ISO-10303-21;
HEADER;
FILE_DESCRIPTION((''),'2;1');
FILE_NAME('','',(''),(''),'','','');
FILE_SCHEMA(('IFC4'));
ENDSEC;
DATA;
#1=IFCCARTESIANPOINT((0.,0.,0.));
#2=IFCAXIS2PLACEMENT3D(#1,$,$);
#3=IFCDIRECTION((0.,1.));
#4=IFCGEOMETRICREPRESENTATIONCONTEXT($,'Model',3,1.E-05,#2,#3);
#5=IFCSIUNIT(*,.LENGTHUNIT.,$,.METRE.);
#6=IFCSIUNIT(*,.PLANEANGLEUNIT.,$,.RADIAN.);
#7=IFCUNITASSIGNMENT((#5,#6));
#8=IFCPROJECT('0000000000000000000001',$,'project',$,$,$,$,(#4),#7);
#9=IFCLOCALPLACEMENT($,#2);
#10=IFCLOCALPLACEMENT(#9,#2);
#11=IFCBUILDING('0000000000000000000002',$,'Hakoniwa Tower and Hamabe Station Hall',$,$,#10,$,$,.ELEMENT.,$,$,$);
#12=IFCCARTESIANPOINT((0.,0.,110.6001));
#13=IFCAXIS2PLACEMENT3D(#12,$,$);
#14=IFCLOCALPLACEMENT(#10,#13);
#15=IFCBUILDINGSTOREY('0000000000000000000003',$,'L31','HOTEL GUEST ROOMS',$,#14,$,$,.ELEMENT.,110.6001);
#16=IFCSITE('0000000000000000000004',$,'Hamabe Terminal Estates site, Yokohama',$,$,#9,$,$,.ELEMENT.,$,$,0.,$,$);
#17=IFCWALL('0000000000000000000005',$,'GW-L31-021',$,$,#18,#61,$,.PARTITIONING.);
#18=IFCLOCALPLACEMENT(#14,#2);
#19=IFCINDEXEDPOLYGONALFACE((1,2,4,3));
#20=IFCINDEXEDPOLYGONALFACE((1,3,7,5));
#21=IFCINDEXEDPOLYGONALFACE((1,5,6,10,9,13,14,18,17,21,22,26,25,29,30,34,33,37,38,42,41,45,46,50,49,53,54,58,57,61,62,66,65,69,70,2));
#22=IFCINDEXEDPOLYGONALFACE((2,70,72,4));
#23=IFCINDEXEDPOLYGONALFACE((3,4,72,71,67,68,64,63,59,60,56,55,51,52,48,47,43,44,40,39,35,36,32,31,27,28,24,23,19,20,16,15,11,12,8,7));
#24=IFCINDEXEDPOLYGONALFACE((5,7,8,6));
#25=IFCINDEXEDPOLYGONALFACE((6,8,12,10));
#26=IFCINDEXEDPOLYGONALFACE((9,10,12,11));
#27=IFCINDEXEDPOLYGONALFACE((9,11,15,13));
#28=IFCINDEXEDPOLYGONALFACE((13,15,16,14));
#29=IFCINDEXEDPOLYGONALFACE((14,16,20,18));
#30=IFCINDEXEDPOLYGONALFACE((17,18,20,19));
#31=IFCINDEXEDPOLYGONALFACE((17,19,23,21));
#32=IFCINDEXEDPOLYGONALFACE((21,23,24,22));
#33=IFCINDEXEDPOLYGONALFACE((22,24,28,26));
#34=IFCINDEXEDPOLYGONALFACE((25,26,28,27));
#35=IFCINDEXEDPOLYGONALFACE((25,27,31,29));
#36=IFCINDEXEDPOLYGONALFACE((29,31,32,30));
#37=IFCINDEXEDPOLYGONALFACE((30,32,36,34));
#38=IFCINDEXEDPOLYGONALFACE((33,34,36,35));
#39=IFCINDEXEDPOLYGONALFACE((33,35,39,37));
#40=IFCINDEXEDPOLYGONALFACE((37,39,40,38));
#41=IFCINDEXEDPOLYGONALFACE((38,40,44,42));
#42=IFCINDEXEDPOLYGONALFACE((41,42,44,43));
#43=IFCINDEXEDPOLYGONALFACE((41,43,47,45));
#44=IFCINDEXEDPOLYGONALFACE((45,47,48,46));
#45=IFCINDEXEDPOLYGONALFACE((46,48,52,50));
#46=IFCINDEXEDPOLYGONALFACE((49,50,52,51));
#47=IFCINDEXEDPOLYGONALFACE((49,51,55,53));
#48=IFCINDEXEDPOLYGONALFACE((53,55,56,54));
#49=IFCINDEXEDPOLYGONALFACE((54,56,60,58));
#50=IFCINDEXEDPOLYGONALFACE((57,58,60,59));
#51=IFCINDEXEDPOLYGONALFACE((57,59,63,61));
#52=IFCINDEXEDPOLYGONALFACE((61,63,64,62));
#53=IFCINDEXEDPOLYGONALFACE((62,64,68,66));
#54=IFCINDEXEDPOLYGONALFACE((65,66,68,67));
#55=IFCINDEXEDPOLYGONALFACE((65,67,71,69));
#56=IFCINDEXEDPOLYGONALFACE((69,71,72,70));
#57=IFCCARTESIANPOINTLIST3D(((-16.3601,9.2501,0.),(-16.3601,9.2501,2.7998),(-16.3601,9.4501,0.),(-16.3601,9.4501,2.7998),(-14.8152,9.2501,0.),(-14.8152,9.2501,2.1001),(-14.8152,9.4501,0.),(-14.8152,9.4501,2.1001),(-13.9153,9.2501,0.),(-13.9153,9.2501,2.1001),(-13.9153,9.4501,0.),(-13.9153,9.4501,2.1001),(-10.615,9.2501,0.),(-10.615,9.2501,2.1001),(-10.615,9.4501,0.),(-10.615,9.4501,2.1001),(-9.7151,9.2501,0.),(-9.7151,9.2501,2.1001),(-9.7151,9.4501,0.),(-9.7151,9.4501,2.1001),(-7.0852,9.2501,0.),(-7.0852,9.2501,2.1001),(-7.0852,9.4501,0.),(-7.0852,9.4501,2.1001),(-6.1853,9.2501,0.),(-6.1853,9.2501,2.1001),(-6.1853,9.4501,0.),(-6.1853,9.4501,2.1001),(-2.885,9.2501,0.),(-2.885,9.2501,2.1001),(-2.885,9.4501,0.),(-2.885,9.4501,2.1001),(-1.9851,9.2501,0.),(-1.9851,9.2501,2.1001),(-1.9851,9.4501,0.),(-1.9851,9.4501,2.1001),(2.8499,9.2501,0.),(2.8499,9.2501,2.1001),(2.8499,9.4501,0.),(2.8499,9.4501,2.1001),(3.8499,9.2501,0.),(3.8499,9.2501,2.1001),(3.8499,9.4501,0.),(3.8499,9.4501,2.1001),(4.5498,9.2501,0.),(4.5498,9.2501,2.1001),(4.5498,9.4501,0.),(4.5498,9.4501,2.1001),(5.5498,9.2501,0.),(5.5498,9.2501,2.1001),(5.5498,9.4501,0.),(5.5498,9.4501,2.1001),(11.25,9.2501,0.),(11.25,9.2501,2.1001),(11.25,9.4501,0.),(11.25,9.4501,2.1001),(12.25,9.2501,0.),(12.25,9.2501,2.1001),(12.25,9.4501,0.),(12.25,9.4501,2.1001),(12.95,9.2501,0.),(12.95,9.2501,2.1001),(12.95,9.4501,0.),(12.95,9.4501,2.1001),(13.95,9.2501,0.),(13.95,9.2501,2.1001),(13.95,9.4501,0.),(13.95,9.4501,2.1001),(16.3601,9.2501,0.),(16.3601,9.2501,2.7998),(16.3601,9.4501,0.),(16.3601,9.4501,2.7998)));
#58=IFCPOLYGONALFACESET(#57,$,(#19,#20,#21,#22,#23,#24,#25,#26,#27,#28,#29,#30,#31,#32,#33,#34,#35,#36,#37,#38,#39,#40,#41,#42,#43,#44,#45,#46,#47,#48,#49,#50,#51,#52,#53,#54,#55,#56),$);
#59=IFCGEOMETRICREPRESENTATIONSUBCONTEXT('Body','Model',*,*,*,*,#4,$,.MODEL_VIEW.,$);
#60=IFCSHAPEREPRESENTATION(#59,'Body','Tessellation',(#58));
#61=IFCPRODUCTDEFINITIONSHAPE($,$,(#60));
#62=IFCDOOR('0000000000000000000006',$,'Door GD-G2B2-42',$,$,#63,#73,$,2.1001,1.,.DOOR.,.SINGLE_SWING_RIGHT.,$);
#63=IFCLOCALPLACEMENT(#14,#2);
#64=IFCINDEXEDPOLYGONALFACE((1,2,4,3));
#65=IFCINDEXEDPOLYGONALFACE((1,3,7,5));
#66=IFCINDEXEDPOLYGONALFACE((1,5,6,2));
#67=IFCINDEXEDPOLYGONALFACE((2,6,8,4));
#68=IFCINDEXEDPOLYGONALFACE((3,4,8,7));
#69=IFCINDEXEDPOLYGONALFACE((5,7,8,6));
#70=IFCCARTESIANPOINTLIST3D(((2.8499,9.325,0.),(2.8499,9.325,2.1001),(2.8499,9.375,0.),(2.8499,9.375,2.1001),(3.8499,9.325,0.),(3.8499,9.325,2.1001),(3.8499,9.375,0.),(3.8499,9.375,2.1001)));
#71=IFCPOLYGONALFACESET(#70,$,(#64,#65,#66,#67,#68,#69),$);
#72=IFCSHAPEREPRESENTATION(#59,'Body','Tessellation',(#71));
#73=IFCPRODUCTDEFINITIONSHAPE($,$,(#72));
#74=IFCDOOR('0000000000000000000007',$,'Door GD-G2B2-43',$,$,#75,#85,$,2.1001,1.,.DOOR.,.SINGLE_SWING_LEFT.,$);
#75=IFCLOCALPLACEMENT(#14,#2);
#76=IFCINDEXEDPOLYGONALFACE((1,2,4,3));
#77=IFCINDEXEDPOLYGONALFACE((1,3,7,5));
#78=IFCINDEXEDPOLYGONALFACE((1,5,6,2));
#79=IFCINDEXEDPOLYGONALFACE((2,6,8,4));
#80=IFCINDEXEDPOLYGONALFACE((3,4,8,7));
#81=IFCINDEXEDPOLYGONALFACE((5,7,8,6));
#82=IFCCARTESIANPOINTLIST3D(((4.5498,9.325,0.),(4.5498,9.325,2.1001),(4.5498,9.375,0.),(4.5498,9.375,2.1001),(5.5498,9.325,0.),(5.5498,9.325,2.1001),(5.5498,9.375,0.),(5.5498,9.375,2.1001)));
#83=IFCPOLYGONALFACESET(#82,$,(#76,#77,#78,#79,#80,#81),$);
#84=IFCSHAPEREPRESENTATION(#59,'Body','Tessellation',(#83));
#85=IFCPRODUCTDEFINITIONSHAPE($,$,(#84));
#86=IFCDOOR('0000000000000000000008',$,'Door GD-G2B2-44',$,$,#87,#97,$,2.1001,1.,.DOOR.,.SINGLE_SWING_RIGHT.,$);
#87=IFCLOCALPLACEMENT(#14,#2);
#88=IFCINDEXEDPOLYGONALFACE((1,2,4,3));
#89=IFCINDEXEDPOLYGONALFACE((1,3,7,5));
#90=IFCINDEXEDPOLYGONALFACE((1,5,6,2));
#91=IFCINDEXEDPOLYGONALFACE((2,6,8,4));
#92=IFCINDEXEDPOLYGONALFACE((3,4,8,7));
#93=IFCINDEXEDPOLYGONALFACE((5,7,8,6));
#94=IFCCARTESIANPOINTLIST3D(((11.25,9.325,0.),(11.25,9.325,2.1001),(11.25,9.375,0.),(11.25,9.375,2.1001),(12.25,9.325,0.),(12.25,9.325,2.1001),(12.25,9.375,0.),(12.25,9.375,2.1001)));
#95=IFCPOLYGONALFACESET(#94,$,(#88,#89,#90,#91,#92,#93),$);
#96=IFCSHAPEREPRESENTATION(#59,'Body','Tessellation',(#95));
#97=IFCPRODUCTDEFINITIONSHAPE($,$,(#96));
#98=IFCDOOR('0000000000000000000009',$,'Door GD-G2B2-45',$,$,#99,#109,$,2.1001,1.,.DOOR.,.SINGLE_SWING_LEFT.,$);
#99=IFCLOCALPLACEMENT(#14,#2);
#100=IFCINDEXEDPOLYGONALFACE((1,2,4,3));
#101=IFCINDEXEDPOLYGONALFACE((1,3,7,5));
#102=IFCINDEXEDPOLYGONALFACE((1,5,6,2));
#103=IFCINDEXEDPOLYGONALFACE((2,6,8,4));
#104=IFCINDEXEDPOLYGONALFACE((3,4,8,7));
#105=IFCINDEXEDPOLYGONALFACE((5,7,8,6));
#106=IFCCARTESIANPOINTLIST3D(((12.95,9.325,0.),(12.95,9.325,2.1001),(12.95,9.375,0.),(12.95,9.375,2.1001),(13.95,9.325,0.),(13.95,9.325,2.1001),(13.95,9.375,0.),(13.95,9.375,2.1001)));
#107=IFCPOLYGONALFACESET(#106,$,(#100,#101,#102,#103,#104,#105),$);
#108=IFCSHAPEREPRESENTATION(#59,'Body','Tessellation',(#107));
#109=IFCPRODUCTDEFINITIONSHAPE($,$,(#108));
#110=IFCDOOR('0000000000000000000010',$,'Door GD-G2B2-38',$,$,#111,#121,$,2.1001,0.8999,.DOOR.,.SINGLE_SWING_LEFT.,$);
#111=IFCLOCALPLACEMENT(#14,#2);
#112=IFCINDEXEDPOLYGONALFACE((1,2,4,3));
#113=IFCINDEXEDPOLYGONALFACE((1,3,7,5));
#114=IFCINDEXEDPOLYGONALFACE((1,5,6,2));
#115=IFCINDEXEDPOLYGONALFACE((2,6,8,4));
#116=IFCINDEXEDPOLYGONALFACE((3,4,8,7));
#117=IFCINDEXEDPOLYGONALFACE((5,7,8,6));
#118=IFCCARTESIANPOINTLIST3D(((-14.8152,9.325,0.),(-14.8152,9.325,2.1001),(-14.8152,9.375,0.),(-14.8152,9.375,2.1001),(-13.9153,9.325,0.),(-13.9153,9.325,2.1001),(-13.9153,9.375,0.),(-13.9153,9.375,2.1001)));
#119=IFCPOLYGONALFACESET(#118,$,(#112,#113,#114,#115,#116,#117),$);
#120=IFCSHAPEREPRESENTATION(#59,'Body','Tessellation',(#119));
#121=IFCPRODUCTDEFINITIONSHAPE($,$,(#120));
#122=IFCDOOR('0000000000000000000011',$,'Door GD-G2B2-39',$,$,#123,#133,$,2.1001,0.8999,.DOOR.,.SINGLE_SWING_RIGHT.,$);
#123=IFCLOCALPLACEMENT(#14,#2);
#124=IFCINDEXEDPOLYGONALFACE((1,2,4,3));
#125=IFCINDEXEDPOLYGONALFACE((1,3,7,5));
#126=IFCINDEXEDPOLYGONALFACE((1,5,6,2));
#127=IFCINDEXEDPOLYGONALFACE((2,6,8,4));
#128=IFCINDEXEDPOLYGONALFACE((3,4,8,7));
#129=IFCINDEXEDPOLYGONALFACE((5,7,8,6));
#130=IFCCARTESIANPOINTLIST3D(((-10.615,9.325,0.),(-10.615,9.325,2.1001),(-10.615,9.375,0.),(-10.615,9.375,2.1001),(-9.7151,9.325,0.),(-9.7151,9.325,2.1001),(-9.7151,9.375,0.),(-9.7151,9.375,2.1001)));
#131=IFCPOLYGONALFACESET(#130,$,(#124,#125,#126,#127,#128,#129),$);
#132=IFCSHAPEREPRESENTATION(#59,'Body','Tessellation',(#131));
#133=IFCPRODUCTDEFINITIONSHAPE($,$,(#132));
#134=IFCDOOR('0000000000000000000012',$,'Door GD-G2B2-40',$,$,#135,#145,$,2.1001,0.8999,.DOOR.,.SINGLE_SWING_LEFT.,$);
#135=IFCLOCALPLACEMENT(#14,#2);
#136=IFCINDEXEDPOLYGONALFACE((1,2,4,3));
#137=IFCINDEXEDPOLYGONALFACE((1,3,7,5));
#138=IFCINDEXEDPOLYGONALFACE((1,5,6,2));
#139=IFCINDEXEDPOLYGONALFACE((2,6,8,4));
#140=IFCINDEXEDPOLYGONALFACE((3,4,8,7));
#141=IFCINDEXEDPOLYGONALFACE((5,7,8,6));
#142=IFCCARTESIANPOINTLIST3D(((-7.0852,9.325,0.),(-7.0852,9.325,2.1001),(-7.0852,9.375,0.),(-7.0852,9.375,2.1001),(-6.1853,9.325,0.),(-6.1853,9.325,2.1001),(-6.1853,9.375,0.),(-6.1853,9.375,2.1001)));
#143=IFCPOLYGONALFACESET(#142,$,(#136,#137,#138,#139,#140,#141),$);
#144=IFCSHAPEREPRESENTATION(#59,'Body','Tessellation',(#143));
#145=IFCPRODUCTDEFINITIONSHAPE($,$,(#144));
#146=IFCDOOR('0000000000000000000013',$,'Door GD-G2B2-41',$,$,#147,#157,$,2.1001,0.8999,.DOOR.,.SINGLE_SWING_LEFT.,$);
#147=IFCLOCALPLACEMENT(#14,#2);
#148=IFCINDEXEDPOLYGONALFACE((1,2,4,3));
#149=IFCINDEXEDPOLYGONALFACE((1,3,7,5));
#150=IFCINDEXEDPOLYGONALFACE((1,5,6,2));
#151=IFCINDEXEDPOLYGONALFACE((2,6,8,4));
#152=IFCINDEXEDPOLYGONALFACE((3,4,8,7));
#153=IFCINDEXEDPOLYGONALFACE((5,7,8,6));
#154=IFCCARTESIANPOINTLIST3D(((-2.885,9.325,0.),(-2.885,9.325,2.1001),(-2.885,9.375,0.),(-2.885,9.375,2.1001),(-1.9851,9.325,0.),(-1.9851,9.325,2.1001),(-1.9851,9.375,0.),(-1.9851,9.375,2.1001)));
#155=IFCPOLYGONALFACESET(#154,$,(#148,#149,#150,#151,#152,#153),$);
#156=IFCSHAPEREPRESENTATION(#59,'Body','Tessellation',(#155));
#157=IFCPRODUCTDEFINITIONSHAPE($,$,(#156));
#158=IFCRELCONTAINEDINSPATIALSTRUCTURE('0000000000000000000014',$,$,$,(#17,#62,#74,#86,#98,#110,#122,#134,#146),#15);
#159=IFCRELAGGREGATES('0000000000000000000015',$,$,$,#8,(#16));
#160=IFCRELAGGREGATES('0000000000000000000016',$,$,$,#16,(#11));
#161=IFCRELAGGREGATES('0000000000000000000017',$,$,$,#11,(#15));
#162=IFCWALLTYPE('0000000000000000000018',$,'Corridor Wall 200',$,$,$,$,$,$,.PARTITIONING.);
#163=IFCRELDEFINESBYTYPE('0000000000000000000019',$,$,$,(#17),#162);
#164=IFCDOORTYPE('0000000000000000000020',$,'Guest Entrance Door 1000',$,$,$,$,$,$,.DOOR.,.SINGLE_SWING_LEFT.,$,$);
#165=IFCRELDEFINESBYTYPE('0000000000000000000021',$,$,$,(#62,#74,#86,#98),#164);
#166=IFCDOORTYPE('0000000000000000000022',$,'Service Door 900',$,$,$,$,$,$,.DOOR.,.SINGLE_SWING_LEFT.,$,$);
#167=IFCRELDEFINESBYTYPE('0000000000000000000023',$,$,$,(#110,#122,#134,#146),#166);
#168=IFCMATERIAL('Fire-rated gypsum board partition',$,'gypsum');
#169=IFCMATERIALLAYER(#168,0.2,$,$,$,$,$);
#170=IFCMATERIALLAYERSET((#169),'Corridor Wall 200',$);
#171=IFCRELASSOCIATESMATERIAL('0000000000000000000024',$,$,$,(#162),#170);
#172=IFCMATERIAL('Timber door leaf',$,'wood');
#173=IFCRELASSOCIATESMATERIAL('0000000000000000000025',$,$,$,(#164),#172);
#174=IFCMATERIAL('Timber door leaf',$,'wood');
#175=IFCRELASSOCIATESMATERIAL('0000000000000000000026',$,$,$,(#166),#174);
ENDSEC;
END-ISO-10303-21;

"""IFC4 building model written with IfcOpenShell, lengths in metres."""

from ifc_helpers import new_model, si_unit, direction, frame, frame_2d, origin, place, context, subcontext, project, spatial, rectangle, extrude, material, layer, layer_set, type_object, element, fill, save


model = new_model("IFC4")

# Units and contexts
model_context = context("Model", 3, precision=1e-05, world=origin(), true_north=direction((0.0, 1.0)))
body_context = subcontext(model_context, "Body", "Model", "MODEL_VIEW")
ifc_project = project(units=[si_unit("LENGTHUNIT", "METRE"), si_unit("PLANEANGLEUNIT", "RADIAN")], contexts=[model_context])

# Site, building, storey
site_placement = place(None, origin())
site = spatial("IfcSite", under=ifc_project, at=site_placement, Name="Hamabe Terminal Estates site, Yokohama", CompositionType="ELEMENT", RefElevation=0.0)
building_placement = place(site_placement, origin())
building = spatial("IfcBuilding", under=site, at=building_placement, Name="Hakoniwa Tower and Hamabe Station Hall", CompositionType="ELEMENT")
storey_placement = place(building_placement, frame((0.0, 0.0, 110.6001)))
storey = spatial("IfcBuildingStorey", under=building, at=storey_placement, Name="L31", Description="HOTEL GUEST ROOMS", CompositionType="ELEMENT", Elevation=110.6001)

# Wall, openings, doors
ifc_material_1 = material(Name="Fire-rated gypsum board partition", Category="gypsum")
ifc_layer_1 = layer(ifc_material_1, 0.2)
ifc_layer_set_1 = layer_set([ifc_layer_1], Name="Corridor Wall 200")
wall_type_1 = type_object("IfcWallType", Name="Corridor Wall 200", PredefinedType="PARTITIONING", material=ifc_layer_set_1)
wall_1_placement = place(storey_placement, frame((-16.3601, 9.3501, 0.0), z_axis=(0.0, 0.0, 1.0), x_axis=(1.0, 0.0, 0.0)))
wall_1 = element("IfcWall", 1, at=wall_1_placement, inside=storey, type_object=wall_type_1, Name="GW-L31-021", PredefinedType="PARTITIONING", context=body_context, shape_type="SweptSolid", body=[
    extrude(rectangle(XDim=32.7202, YDim=0.2, at=frame_2d((16.3601, 0.0))), origin(), (0.0, 0.0, 1.0), 2.7998),
])
opening_1_placement = place(wall_1_placement, frame((1.5449, 0.0, 0.0)))
opening_1 = element("IfcOpeningElement", 2, at=opening_1_placement, cuts=wall_1, PredefinedType="OPENING", context=body_context, shape_type="SweptSolid", body=[
    extrude(rectangle(XDim=0.8999, YDim=2.1001, at=frame_2d((0.45, 1.05))), frame((0.0, 0.1099, 0.0), z_axis=(0.0, -1.0, 0.0), x_axis=(1.0, 0.0, 0.0)), (0.0, 0.0, 1.0), 0.22),
])
opening_2_placement = place(wall_1_placement, frame((5.7451, 0.0, 0.0)))
opening_2 = element("IfcOpeningElement", 3, at=opening_2_placement, cuts=wall_1, PredefinedType="OPENING", context=body_context, shape_type="SweptSolid", body=[
    extrude(rectangle(XDim=0.8999, YDim=2.1001, at=frame_2d((0.45, 1.05))), frame((0.0, 0.1099, 0.0), z_axis=(0.0, -1.0, 0.0), x_axis=(1.0, 0.0, 0.0)), (0.0, 0.0, 1.0), 0.22),
])
opening_3_placement = place(wall_1_placement, frame((9.2749, 0.0, 0.0)))
opening_3 = element("IfcOpeningElement", 4, at=opening_3_placement, cuts=wall_1, PredefinedType="OPENING", context=body_context, shape_type="SweptSolid", body=[
    extrude(rectangle(XDim=0.8999, YDim=2.1001, at=frame_2d((0.45, 1.05))), frame((0.0, 0.1099, 0.0), z_axis=(0.0, -1.0, 0.0), x_axis=(1.0, 0.0, 0.0)), (0.0, 0.0, 1.0), 0.22),
])
opening_4_placement = place(wall_1_placement, frame((13.4751, 0.0, 0.0)))
opening_4 = element("IfcOpeningElement", 5, at=opening_4_placement, cuts=wall_1, PredefinedType="OPENING", context=body_context, shape_type="SweptSolid", body=[
    extrude(rectangle(XDim=0.8999, YDim=2.1001, at=frame_2d((0.45, 1.05))), frame((0.0, 0.1099, 0.0), z_axis=(0.0, -1.0, 0.0), x_axis=(1.0, 0.0, 0.0)), (0.0, 0.0, 1.0), 0.22),
])
opening_5_placement = place(wall_1_placement, frame((19.21, 0.0, 0.0)))
opening_5 = element("IfcOpeningElement", 6, at=opening_5_placement, cuts=wall_1, PredefinedType="OPENING", context=body_context, shape_type="SweptSolid", body=[
    extrude(rectangle(XDim=1.0, YDim=2.1001, at=frame_2d((0.5, 1.05))), frame((0.0, 0.1099, 0.0), z_axis=(0.0, -1.0, 0.0), x_axis=(1.0, 0.0, 0.0)), (0.0, 0.0, 1.0), 0.22),
])
opening_6_placement = place(wall_1_placement, frame((20.9099, 0.0, 0.0)))
opening_6 = element("IfcOpeningElement", 7, at=opening_6_placement, cuts=wall_1, PredefinedType="OPENING", context=body_context, shape_type="SweptSolid", body=[
    extrude(rectangle(XDim=1.0, YDim=2.1001, at=frame_2d((0.5, 1.05))), frame((0.0, 0.1099, 0.0), z_axis=(0.0, -1.0, 0.0), x_axis=(1.0, 0.0, 0.0)), (0.0, 0.0, 1.0), 0.22),
])
opening_7_placement = place(wall_1_placement, frame((27.6101, 0.0, 0.0)))
opening_7 = element("IfcOpeningElement", 8, at=opening_7_placement, cuts=wall_1, PredefinedType="OPENING", context=body_context, shape_type="SweptSolid", body=[
    extrude(rectangle(XDim=1.0, YDim=2.1001, at=frame_2d((0.5, 1.05))), frame((0.0, 0.1099, 0.0), z_axis=(0.0, -1.0, 0.0), x_axis=(1.0, 0.0, 0.0)), (0.0, 0.0, 1.0), 0.22),
])
opening_8_placement = place(wall_1_placement, frame((29.3101, 0.0, 0.0)))
opening_8 = element("IfcOpeningElement", 9, at=opening_8_placement, cuts=wall_1, PredefinedType="OPENING", context=body_context, shape_type="SweptSolid", body=[
    extrude(rectangle(XDim=1.0, YDim=2.1001, at=frame_2d((0.5, 1.05))), frame((0.0, 0.1099, 0.0), z_axis=(0.0, -1.0, 0.0), x_axis=(1.0, 0.0, 0.0)), (0.0, 0.0, 1.0), 0.22),
])
ifc_material_2 = material(Name="Timber door leaf", Category="wood")
door_type_1 = type_object("IfcDoorType", Name="Guest Entrance Door 1000", OperationType="SINGLE_SWING_LEFT", PredefinedType="DOOR", material=ifc_material_2)
door_1_placement = place(opening_5_placement, origin())
door_1 = element("IfcDoor", 10, at=door_1_placement, inside=storey, type_object=door_type_1, Name="Door GD-G2B2-42", OperationType="SINGLE_SWING_RIGHT", OverallHeight=2.1001, OverallWidth=1.0, PredefinedType="DOOR", context=body_context, shape_type="SweptSolid", body=[
    extrude(rectangle(XDim=1.0, YDim=2.1001, at=frame_2d((0.5, 1.05))), frame((0.0, 0.0249, 0.0), z_axis=(0.0, -1.0, 0.0), x_axis=(1.0, 0.0, 0.0)), (0.0, 0.0, 1.0), 0.05),
])
fill(opening_5, door_1)
door_2_placement = place(opening_6_placement, origin())
door_2 = element("IfcDoor", 11, at=door_2_placement, inside=storey, type_object=door_type_1, Name="Door GD-G2B2-43", OperationType="SINGLE_SWING_LEFT", OverallHeight=2.1001, OverallWidth=1.0, PredefinedType="DOOR", context=body_context, shape_type="SweptSolid", body=[
    extrude(rectangle(XDim=1.0, YDim=2.1001, at=frame_2d((0.5, 1.05))), frame((0.0, 0.0249, 0.0), z_axis=(0.0, -1.0, 0.0), x_axis=(1.0, 0.0, 0.0)), (0.0, 0.0, 1.0), 0.05),
])
fill(opening_6, door_2)
door_3_placement = place(opening_7_placement, origin())
door_3 = element("IfcDoor", 12, at=door_3_placement, inside=storey, type_object=door_type_1, Name="Door GD-G2B2-44", OperationType="SINGLE_SWING_RIGHT", OverallHeight=2.1001, OverallWidth=1.0, PredefinedType="DOOR", context=body_context, shape_type="SweptSolid", body=[
    extrude(rectangle(XDim=1.0, YDim=2.1001, at=frame_2d((0.5, 1.05))), frame((0.0, 0.0249, 0.0), z_axis=(0.0, -1.0, 0.0), x_axis=(1.0, 0.0, 0.0)), (0.0, 0.0, 1.0), 0.05),
])
fill(opening_7, door_3)
door_4_placement = place(opening_8_placement, origin())
door_4 = element("IfcDoor", 13, at=door_4_placement, inside=storey, type_object=door_type_1, Name="Door GD-G2B2-45", OperationType="SINGLE_SWING_LEFT", OverallHeight=2.1001, OverallWidth=1.0, PredefinedType="DOOR", context=body_context, shape_type="SweptSolid", body=[
    extrude(rectangle(XDim=1.0, YDim=2.1001, at=frame_2d((0.5, 1.05))), frame((0.0, 0.0249, 0.0), z_axis=(0.0, -1.0, 0.0), x_axis=(1.0, 0.0, 0.0)), (0.0, 0.0, 1.0), 0.05),
])
fill(opening_8, door_4)
ifc_material_3 = material(Name="Timber door leaf", Category="wood")
door_type_2 = type_object("IfcDoorType", Name="Service Door 900", OperationType="SINGLE_SWING_LEFT", PredefinedType="DOOR", material=ifc_material_3)
door_5_placement = place(opening_1_placement, origin())
door_5 = element("IfcDoor", 14, at=door_5_placement, inside=storey, type_object=door_type_2, Name="Door GD-G2B2-38", OperationType="SINGLE_SWING_LEFT", OverallHeight=2.1001, OverallWidth=0.8999, PredefinedType="DOOR", context=body_context, shape_type="SweptSolid", body=[
    extrude(rectangle(XDim=0.8999, YDim=2.1001, at=frame_2d((0.45, 1.05))), frame((0.0, 0.0249, 0.0), z_axis=(0.0, -1.0, 0.0), x_axis=(1.0, 0.0, 0.0)), (0.0, 0.0, 1.0), 0.05),
])
fill(opening_1, door_5)
door_6_placement = place(opening_2_placement, origin())
door_6 = element("IfcDoor", 15, at=door_6_placement, inside=storey, type_object=door_type_2, Name="Door GD-G2B2-39", OperationType="SINGLE_SWING_RIGHT", OverallHeight=2.1001, OverallWidth=0.8999, PredefinedType="DOOR", context=body_context, shape_type="SweptSolid", body=[
    extrude(rectangle(XDim=0.8999, YDim=2.1001, at=frame_2d((0.45, 1.05))), frame((0.0, 0.0249, 0.0), z_axis=(0.0, -1.0, 0.0), x_axis=(1.0, 0.0, 0.0)), (0.0, 0.0, 1.0), 0.05),
])
fill(opening_2, door_6)
door_7_placement = place(opening_3_placement, origin())
door_7 = element("IfcDoor", 16, at=door_7_placement, inside=storey, type_object=door_type_2, Name="Door GD-G2B2-40", OperationType="SINGLE_SWING_LEFT", OverallHeight=2.1001, OverallWidth=0.8999, PredefinedType="DOOR", context=body_context, shape_type="SweptSolid", body=[
    extrude(rectangle(XDim=0.8999, YDim=2.1001, at=frame_2d((0.45, 1.05))), frame((0.0, 0.0249, 0.0), z_axis=(0.0, -1.0, 0.0), x_axis=(1.0, 0.0, 0.0)), (0.0, 0.0, 1.0), 0.05),
])
fill(opening_3, door_7)
door_8_placement = place(opening_4_placement, origin())
door_8 = element("IfcDoor", 17, at=door_8_placement, inside=storey, type_object=door_type_2, Name="Door GD-G2B2-41", OperationType="SINGLE_SWING_LEFT", OverallHeight=2.1001, OverallWidth=0.8999, PredefinedType="DOOR", context=body_context, shape_type="SweptSolid", body=[
    extrude(rectangle(XDim=0.8999, YDim=2.1001, at=frame_2d((0.45, 1.05))), frame((0.0, 0.0249, 0.0), z_axis=(0.0, -1.0, 0.0), x_axis=(1.0, 0.0, 0.0)), (0.0, 0.0, 1.0), 0.05),
])
fill(opening_4, door_8)

save(model, "model.ifc")
